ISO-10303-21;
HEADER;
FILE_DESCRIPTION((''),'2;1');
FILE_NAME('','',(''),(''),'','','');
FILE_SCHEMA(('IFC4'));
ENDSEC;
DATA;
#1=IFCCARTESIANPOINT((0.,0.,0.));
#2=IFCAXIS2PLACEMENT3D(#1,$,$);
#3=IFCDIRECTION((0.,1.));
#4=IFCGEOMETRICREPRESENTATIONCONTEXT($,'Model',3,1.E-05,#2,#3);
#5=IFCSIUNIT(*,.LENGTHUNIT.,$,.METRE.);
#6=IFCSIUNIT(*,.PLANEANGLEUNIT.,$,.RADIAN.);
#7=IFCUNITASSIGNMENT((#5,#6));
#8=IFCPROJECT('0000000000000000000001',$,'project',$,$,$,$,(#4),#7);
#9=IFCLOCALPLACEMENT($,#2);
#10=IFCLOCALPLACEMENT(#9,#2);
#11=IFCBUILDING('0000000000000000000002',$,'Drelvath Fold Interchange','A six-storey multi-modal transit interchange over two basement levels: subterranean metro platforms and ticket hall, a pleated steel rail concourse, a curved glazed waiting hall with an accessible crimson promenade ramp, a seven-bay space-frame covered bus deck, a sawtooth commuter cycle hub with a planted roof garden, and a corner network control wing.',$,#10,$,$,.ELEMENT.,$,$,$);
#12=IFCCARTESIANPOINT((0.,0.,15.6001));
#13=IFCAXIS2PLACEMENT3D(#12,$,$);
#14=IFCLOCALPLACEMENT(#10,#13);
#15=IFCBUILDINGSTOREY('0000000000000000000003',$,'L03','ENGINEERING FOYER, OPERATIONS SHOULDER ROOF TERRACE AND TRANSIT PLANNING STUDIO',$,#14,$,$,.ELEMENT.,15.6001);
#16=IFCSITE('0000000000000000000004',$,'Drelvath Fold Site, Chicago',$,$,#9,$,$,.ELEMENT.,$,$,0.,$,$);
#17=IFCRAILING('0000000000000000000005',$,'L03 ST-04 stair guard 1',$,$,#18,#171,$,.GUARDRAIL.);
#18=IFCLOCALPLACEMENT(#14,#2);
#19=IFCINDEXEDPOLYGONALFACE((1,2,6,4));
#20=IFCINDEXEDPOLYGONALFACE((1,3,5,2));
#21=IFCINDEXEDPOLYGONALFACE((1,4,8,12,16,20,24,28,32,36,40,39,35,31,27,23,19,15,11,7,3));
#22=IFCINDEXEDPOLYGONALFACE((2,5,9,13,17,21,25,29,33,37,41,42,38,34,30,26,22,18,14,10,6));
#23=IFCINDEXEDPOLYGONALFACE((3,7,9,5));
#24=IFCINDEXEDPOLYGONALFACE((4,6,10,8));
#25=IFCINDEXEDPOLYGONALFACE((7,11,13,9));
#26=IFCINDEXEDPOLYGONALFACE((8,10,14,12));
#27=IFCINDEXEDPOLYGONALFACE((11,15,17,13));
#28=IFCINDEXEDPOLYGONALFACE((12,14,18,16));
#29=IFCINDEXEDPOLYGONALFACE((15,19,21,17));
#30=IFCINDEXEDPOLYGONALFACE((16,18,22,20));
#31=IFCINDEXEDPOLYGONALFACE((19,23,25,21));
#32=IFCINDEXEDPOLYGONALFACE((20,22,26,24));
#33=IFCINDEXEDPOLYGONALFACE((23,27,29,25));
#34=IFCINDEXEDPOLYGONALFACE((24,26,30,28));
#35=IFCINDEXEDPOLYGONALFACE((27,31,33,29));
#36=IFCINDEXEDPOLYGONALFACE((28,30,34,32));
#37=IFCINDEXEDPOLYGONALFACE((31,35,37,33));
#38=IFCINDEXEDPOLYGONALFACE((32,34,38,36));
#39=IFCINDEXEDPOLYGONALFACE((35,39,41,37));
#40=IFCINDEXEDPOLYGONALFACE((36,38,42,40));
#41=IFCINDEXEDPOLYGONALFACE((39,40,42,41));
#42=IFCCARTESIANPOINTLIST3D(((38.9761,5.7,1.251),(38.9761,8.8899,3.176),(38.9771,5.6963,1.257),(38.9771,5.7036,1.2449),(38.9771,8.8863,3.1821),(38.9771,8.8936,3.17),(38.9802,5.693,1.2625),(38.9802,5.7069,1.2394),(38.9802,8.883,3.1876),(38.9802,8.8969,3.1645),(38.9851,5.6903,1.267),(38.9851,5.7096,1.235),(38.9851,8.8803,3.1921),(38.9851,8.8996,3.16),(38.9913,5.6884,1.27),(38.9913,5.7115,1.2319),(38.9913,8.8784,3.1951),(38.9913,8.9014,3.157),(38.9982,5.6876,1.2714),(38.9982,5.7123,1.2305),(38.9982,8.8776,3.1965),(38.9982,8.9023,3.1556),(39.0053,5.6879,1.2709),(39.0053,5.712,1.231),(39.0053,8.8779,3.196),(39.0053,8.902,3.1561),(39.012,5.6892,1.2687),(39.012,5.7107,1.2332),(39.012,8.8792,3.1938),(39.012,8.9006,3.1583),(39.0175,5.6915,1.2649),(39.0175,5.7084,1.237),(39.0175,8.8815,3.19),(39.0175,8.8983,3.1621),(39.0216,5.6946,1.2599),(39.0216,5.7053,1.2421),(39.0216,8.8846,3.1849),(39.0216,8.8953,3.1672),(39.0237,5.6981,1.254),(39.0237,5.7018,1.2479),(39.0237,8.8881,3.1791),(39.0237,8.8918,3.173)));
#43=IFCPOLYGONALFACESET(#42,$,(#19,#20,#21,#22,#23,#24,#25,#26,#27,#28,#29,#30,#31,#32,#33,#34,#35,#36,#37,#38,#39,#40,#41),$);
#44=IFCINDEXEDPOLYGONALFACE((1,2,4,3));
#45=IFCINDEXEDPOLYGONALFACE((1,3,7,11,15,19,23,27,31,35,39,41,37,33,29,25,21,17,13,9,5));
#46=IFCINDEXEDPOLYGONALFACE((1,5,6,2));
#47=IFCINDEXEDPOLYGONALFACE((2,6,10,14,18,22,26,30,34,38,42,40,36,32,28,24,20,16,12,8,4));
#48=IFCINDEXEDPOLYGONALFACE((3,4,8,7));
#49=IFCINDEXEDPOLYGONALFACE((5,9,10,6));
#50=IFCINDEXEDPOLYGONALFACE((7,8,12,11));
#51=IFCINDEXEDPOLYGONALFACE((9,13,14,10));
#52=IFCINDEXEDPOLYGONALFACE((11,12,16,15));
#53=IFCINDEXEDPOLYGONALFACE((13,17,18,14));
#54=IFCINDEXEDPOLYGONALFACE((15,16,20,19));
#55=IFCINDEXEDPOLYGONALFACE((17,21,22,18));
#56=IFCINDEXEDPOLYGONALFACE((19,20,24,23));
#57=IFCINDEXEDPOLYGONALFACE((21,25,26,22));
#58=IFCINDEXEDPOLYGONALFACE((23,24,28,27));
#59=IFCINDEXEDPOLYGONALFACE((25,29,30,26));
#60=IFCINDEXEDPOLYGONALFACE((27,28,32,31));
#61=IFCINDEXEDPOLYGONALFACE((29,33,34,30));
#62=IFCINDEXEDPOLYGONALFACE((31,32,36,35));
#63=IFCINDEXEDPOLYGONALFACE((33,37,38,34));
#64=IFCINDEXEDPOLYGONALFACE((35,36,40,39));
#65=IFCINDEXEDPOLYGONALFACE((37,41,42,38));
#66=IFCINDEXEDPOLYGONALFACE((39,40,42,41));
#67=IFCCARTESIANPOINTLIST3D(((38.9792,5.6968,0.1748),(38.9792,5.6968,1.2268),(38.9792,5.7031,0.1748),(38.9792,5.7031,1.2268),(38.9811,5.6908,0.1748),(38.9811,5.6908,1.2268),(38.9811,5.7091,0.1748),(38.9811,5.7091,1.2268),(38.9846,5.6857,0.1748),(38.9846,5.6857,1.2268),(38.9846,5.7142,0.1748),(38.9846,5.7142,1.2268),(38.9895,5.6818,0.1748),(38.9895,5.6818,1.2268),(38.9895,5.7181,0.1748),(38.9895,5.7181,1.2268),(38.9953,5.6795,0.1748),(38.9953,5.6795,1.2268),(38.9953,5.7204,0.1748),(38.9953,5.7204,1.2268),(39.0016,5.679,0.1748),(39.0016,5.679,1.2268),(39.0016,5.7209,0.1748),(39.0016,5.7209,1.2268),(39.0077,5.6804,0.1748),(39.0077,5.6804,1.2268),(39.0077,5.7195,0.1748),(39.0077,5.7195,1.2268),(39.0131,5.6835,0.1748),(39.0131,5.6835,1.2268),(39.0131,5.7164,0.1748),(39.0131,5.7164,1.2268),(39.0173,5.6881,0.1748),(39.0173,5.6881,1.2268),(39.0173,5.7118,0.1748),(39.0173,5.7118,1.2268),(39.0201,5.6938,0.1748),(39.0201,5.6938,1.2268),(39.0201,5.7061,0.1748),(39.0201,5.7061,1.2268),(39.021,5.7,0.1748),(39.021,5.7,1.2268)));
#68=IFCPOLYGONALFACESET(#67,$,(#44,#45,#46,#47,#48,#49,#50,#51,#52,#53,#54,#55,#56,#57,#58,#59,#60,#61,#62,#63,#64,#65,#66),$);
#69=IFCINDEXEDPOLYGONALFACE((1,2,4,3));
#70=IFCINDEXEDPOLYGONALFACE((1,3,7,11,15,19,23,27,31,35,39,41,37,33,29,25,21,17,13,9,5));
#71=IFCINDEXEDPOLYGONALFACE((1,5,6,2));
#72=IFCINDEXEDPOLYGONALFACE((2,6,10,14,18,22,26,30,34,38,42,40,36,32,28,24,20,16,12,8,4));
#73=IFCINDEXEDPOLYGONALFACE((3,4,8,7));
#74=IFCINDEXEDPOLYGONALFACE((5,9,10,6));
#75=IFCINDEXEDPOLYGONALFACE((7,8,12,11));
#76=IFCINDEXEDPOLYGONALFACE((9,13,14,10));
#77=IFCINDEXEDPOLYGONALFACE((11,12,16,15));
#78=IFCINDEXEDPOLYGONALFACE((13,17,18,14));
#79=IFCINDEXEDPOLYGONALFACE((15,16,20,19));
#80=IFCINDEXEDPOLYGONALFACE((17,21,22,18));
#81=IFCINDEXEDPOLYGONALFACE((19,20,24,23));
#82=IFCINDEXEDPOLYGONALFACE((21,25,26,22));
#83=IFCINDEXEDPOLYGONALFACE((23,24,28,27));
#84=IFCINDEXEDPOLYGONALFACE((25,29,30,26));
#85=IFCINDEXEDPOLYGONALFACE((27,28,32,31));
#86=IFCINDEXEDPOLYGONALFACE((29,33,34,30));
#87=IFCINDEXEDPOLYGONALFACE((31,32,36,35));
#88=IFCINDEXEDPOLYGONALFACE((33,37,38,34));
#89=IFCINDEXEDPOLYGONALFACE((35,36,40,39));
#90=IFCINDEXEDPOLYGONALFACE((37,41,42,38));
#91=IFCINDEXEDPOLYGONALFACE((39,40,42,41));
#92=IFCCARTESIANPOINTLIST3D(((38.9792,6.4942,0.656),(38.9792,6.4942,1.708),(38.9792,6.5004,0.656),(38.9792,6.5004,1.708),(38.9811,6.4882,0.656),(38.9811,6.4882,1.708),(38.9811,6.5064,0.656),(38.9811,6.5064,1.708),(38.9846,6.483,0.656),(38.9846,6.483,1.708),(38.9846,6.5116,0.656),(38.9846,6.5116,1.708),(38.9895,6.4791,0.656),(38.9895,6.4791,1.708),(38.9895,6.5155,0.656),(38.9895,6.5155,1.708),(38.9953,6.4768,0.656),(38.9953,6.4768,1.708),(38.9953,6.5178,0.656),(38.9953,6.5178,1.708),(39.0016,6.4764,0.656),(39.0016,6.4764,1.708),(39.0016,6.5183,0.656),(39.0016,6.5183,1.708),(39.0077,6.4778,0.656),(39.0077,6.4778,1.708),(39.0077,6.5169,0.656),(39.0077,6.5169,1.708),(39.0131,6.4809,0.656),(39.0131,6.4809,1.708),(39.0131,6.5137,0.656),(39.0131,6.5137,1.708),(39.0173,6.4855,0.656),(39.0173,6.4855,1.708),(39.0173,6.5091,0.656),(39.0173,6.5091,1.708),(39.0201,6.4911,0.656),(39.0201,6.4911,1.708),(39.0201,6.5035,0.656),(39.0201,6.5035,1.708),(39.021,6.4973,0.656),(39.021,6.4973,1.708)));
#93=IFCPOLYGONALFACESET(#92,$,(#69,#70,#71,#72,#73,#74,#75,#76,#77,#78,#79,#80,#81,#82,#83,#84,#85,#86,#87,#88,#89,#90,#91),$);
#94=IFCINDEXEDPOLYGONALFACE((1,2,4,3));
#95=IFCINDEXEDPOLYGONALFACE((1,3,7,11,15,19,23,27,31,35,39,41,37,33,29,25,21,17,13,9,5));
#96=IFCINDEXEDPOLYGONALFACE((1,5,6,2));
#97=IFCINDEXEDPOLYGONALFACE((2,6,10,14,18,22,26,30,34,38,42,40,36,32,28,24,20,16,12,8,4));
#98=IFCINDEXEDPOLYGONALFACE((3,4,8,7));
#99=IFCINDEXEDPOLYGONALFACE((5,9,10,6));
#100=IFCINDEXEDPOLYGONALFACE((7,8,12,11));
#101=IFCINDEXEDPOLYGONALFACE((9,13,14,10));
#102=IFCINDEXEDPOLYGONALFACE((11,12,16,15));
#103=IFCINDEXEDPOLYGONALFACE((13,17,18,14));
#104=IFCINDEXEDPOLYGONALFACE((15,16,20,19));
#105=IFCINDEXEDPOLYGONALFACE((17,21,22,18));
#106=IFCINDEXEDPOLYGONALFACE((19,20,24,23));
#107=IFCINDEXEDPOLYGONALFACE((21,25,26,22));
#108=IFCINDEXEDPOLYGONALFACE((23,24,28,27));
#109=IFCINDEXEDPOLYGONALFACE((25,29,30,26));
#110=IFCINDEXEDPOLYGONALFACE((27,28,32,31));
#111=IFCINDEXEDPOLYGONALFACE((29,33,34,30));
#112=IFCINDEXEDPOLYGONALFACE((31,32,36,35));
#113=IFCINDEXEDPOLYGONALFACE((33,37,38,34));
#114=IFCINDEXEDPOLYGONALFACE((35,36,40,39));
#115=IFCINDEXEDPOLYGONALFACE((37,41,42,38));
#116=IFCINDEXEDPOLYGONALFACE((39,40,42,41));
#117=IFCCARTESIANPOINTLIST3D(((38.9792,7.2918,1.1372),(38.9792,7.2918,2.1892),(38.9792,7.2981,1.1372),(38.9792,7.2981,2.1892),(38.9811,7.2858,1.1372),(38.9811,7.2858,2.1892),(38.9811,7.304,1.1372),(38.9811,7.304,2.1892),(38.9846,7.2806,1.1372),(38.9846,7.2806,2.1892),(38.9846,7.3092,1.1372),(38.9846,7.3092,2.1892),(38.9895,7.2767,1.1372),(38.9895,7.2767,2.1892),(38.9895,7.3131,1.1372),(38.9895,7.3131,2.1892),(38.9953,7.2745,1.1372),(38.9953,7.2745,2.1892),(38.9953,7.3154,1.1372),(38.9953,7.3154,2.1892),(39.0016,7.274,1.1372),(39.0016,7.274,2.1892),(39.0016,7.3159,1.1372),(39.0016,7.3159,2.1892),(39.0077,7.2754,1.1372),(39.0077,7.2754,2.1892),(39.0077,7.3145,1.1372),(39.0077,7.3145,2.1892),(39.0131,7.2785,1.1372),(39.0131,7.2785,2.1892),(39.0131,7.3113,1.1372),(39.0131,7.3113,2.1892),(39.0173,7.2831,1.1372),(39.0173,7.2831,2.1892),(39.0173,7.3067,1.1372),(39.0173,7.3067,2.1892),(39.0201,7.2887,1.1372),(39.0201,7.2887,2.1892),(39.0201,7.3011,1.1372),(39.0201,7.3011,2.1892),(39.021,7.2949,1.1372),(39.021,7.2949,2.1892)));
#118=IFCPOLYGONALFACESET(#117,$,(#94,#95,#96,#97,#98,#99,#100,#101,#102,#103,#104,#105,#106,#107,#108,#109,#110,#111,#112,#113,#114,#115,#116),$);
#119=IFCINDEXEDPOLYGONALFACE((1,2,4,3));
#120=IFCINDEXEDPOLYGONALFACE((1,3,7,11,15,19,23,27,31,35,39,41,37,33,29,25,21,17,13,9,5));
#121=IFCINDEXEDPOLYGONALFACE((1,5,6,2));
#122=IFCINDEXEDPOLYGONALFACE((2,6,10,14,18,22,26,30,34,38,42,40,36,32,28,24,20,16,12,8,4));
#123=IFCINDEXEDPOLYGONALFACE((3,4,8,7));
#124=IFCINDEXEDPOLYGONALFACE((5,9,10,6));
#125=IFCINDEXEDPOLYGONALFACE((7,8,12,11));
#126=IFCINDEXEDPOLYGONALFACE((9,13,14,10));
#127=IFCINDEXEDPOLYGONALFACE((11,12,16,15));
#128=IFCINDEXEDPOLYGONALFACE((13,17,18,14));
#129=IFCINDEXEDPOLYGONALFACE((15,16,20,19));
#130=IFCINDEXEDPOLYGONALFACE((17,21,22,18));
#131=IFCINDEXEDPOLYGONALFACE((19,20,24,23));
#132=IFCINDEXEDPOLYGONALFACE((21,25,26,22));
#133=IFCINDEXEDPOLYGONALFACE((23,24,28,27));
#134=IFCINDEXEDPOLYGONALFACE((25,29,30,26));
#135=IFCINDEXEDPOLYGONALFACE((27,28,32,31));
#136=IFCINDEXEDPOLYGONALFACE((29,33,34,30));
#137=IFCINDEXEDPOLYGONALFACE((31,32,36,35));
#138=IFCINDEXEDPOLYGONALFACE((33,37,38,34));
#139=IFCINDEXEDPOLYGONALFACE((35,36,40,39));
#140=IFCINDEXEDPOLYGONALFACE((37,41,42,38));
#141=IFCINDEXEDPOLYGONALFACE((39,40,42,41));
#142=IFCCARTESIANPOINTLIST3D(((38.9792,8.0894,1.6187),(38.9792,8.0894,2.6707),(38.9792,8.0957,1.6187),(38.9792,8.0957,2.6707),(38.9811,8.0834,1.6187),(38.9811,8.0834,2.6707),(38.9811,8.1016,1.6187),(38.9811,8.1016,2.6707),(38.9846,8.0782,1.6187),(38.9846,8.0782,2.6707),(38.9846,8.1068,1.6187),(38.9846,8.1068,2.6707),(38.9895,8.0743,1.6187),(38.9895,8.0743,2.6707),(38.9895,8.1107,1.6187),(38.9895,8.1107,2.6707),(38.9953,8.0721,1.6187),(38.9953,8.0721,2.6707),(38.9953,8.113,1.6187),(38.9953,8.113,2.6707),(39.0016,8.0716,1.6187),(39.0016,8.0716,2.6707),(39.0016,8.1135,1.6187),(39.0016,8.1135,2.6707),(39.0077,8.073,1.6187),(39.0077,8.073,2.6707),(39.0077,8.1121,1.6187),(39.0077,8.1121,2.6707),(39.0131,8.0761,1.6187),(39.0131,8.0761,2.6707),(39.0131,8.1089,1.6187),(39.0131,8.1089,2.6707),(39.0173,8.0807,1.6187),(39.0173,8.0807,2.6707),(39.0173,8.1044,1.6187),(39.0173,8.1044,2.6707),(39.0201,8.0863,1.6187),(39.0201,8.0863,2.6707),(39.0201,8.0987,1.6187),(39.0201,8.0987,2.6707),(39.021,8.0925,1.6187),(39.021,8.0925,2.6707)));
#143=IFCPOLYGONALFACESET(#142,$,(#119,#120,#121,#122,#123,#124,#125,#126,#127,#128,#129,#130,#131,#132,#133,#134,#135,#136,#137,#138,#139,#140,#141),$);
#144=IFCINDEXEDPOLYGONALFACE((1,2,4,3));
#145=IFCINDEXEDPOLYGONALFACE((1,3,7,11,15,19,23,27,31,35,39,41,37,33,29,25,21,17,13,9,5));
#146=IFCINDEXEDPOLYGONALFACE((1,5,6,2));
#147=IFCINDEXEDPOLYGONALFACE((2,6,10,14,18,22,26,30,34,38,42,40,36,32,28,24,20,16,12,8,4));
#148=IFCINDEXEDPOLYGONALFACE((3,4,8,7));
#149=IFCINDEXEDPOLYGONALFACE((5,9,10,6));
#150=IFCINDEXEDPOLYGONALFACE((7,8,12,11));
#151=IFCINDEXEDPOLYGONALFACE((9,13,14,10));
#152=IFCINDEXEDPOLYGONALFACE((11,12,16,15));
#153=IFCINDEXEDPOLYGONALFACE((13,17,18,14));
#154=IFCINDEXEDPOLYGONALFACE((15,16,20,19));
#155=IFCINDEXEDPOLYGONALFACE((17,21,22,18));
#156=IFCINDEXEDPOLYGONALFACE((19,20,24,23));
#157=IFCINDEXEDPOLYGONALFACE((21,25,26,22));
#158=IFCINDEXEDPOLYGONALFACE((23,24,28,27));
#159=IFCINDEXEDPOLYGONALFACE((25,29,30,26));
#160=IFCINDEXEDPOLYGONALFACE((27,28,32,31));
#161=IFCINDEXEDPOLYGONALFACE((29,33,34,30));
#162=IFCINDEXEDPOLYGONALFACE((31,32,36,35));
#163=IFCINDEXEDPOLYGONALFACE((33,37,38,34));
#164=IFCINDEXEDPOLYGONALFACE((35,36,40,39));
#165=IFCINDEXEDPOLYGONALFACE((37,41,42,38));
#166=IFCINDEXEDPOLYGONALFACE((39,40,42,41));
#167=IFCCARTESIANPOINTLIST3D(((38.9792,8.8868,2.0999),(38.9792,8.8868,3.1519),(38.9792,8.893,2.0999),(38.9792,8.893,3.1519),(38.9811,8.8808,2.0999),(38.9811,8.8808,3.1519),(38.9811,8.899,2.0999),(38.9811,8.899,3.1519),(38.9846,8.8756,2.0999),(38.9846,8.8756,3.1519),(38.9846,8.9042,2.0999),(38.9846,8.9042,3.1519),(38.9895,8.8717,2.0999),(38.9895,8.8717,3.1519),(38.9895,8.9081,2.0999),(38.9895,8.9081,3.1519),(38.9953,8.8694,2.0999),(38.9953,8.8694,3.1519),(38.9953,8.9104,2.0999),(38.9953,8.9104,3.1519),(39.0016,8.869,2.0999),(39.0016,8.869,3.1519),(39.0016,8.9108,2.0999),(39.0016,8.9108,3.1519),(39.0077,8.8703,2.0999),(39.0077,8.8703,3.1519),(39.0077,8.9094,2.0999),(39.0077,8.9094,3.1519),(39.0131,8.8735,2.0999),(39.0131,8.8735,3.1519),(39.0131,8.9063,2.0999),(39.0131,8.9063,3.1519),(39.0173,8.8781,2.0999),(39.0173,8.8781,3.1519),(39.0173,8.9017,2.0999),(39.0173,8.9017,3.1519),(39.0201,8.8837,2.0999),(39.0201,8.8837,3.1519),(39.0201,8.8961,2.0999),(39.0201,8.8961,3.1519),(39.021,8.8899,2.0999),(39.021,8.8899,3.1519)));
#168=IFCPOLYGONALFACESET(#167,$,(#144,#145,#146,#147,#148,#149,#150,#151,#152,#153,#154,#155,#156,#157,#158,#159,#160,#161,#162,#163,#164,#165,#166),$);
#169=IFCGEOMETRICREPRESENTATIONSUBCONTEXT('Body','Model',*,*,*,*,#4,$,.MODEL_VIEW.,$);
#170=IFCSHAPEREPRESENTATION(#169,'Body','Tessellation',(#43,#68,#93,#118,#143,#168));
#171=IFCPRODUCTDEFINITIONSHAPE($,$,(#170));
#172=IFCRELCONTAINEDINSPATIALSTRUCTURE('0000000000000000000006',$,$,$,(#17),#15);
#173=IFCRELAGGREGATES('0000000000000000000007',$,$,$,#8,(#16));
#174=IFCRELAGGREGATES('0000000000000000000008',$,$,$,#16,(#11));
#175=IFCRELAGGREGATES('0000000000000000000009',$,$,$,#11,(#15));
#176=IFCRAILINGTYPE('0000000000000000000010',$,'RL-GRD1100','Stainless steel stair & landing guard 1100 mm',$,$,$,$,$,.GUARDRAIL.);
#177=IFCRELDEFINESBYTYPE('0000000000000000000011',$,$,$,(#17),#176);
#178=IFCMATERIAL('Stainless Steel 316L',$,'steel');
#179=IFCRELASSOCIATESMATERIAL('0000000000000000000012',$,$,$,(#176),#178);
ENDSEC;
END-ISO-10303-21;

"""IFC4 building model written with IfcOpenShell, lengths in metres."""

from ifc_helpers import new_model, si_unit, direction, frame, origin, origin_2d, place, context, subcontext, project, spatial, circle, extrude, material, type_object, element, save


model = new_model("IFC4")

# Units and contexts
model_context = context("Model", 3, precision=1e-05, world=origin(), true_north=direction((0.0, 1.0)))
body_context = subcontext(model_context, "Body", "Model", "MODEL_VIEW")
ifc_project = project(units=[si_unit("LENGTHUNIT", "METRE"), si_unit("PLANEANGLEUNIT", "RADIAN")], contexts=[model_context])

# Site, building, storey
site_placement = place(None, origin())
site = spatial("IfcSite", under=ifc_project, at=site_placement, Name="Drelvath Fold Site, Chicago", CompositionType="ELEMENT", RefElevation=0.0)
building_placement = place(site_placement, origin())
building = spatial("IfcBuilding", under=site, at=building_placement, Name="Drelvath Fold Interchange", Description="A six-storey multi-modal transit interchange over two basement levels: subterranean metro platforms and ticket hall, a pleated steel rail concourse, a curved glazed waiting hall with an accessible crimson promenade ramp, a seven-bay space-frame covered bus deck, a sawtooth commuter cycle hub with a planted roof garden, and a corner network control wing.", CompositionType="ELEMENT")
storey_placement = place(building_placement, frame((0.0, 0.0, 15.6001)))
storey = spatial("IfcBuildingStorey", under=building, at=storey_placement, Name="L03", Description="ENGINEERING FOYER, OPERATIONS SHOULDER ROOF TERRACE AND TRANSIT PLANNING STUDIO", CompositionType="ELEMENT", Elevation=15.6001)

# Railing
ifc_material_1 = material(Name="Stainless Steel 316L", Category="steel")
railing_type_1 = type_object("IfcRailingType", Name="RL-GRD1100", Description="Stainless steel stair & landing guard 1100 mm", PredefinedType="GUARDRAIL", material=ifc_material_1)
railing_1_placement = place(storey_placement, frame((39.0, 5.7, 0.1748)))
element("IfcRailing", 1, at=railing_1_placement, inside=storey, type_object=railing_type_1, Name="L03 ST-04 stair guard 1", PredefinedType="GUARDRAIL", context=body_context, shape_type="SweptSolid", body=[
    extrude(circle(Radius=0.0239, at=origin_2d()), frame((0.0, 0.0, 1.0762), z_axis=(0.0, 0.856178, 0.516682), x_axis=(-1.0, 0.0, 0.0)), (0.0, 0.0, 1.0), 3.7258),
    extrude(circle(Radius=0.021, at=origin_2d()), origin(), (0.0, 0.0, 1.0), 1.052),
    extrude(circle(Radius=0.021, at=origin_2d()), frame((0.0, 0.7974, 0.4812)), (0.0, 0.0, 1.0), 1.052),
    extrude(circle(Radius=0.021, at=origin_2d()), frame((0.0, 1.595, 0.9624)), (0.0, 0.0, 1.0), 1.052),
    extrude(circle(Radius=0.021, at=origin_2d()), frame((0.0, 2.3926, 1.4438)), (0.0, 0.0, 1.0), 1.052),
    extrude(circle(Radius=0.021, at=origin_2d()), frame((0.0, 3.1899, 1.925)), (0.0, 0.0, 1.0), 1.052),
])

save(model, "model.ifc")
